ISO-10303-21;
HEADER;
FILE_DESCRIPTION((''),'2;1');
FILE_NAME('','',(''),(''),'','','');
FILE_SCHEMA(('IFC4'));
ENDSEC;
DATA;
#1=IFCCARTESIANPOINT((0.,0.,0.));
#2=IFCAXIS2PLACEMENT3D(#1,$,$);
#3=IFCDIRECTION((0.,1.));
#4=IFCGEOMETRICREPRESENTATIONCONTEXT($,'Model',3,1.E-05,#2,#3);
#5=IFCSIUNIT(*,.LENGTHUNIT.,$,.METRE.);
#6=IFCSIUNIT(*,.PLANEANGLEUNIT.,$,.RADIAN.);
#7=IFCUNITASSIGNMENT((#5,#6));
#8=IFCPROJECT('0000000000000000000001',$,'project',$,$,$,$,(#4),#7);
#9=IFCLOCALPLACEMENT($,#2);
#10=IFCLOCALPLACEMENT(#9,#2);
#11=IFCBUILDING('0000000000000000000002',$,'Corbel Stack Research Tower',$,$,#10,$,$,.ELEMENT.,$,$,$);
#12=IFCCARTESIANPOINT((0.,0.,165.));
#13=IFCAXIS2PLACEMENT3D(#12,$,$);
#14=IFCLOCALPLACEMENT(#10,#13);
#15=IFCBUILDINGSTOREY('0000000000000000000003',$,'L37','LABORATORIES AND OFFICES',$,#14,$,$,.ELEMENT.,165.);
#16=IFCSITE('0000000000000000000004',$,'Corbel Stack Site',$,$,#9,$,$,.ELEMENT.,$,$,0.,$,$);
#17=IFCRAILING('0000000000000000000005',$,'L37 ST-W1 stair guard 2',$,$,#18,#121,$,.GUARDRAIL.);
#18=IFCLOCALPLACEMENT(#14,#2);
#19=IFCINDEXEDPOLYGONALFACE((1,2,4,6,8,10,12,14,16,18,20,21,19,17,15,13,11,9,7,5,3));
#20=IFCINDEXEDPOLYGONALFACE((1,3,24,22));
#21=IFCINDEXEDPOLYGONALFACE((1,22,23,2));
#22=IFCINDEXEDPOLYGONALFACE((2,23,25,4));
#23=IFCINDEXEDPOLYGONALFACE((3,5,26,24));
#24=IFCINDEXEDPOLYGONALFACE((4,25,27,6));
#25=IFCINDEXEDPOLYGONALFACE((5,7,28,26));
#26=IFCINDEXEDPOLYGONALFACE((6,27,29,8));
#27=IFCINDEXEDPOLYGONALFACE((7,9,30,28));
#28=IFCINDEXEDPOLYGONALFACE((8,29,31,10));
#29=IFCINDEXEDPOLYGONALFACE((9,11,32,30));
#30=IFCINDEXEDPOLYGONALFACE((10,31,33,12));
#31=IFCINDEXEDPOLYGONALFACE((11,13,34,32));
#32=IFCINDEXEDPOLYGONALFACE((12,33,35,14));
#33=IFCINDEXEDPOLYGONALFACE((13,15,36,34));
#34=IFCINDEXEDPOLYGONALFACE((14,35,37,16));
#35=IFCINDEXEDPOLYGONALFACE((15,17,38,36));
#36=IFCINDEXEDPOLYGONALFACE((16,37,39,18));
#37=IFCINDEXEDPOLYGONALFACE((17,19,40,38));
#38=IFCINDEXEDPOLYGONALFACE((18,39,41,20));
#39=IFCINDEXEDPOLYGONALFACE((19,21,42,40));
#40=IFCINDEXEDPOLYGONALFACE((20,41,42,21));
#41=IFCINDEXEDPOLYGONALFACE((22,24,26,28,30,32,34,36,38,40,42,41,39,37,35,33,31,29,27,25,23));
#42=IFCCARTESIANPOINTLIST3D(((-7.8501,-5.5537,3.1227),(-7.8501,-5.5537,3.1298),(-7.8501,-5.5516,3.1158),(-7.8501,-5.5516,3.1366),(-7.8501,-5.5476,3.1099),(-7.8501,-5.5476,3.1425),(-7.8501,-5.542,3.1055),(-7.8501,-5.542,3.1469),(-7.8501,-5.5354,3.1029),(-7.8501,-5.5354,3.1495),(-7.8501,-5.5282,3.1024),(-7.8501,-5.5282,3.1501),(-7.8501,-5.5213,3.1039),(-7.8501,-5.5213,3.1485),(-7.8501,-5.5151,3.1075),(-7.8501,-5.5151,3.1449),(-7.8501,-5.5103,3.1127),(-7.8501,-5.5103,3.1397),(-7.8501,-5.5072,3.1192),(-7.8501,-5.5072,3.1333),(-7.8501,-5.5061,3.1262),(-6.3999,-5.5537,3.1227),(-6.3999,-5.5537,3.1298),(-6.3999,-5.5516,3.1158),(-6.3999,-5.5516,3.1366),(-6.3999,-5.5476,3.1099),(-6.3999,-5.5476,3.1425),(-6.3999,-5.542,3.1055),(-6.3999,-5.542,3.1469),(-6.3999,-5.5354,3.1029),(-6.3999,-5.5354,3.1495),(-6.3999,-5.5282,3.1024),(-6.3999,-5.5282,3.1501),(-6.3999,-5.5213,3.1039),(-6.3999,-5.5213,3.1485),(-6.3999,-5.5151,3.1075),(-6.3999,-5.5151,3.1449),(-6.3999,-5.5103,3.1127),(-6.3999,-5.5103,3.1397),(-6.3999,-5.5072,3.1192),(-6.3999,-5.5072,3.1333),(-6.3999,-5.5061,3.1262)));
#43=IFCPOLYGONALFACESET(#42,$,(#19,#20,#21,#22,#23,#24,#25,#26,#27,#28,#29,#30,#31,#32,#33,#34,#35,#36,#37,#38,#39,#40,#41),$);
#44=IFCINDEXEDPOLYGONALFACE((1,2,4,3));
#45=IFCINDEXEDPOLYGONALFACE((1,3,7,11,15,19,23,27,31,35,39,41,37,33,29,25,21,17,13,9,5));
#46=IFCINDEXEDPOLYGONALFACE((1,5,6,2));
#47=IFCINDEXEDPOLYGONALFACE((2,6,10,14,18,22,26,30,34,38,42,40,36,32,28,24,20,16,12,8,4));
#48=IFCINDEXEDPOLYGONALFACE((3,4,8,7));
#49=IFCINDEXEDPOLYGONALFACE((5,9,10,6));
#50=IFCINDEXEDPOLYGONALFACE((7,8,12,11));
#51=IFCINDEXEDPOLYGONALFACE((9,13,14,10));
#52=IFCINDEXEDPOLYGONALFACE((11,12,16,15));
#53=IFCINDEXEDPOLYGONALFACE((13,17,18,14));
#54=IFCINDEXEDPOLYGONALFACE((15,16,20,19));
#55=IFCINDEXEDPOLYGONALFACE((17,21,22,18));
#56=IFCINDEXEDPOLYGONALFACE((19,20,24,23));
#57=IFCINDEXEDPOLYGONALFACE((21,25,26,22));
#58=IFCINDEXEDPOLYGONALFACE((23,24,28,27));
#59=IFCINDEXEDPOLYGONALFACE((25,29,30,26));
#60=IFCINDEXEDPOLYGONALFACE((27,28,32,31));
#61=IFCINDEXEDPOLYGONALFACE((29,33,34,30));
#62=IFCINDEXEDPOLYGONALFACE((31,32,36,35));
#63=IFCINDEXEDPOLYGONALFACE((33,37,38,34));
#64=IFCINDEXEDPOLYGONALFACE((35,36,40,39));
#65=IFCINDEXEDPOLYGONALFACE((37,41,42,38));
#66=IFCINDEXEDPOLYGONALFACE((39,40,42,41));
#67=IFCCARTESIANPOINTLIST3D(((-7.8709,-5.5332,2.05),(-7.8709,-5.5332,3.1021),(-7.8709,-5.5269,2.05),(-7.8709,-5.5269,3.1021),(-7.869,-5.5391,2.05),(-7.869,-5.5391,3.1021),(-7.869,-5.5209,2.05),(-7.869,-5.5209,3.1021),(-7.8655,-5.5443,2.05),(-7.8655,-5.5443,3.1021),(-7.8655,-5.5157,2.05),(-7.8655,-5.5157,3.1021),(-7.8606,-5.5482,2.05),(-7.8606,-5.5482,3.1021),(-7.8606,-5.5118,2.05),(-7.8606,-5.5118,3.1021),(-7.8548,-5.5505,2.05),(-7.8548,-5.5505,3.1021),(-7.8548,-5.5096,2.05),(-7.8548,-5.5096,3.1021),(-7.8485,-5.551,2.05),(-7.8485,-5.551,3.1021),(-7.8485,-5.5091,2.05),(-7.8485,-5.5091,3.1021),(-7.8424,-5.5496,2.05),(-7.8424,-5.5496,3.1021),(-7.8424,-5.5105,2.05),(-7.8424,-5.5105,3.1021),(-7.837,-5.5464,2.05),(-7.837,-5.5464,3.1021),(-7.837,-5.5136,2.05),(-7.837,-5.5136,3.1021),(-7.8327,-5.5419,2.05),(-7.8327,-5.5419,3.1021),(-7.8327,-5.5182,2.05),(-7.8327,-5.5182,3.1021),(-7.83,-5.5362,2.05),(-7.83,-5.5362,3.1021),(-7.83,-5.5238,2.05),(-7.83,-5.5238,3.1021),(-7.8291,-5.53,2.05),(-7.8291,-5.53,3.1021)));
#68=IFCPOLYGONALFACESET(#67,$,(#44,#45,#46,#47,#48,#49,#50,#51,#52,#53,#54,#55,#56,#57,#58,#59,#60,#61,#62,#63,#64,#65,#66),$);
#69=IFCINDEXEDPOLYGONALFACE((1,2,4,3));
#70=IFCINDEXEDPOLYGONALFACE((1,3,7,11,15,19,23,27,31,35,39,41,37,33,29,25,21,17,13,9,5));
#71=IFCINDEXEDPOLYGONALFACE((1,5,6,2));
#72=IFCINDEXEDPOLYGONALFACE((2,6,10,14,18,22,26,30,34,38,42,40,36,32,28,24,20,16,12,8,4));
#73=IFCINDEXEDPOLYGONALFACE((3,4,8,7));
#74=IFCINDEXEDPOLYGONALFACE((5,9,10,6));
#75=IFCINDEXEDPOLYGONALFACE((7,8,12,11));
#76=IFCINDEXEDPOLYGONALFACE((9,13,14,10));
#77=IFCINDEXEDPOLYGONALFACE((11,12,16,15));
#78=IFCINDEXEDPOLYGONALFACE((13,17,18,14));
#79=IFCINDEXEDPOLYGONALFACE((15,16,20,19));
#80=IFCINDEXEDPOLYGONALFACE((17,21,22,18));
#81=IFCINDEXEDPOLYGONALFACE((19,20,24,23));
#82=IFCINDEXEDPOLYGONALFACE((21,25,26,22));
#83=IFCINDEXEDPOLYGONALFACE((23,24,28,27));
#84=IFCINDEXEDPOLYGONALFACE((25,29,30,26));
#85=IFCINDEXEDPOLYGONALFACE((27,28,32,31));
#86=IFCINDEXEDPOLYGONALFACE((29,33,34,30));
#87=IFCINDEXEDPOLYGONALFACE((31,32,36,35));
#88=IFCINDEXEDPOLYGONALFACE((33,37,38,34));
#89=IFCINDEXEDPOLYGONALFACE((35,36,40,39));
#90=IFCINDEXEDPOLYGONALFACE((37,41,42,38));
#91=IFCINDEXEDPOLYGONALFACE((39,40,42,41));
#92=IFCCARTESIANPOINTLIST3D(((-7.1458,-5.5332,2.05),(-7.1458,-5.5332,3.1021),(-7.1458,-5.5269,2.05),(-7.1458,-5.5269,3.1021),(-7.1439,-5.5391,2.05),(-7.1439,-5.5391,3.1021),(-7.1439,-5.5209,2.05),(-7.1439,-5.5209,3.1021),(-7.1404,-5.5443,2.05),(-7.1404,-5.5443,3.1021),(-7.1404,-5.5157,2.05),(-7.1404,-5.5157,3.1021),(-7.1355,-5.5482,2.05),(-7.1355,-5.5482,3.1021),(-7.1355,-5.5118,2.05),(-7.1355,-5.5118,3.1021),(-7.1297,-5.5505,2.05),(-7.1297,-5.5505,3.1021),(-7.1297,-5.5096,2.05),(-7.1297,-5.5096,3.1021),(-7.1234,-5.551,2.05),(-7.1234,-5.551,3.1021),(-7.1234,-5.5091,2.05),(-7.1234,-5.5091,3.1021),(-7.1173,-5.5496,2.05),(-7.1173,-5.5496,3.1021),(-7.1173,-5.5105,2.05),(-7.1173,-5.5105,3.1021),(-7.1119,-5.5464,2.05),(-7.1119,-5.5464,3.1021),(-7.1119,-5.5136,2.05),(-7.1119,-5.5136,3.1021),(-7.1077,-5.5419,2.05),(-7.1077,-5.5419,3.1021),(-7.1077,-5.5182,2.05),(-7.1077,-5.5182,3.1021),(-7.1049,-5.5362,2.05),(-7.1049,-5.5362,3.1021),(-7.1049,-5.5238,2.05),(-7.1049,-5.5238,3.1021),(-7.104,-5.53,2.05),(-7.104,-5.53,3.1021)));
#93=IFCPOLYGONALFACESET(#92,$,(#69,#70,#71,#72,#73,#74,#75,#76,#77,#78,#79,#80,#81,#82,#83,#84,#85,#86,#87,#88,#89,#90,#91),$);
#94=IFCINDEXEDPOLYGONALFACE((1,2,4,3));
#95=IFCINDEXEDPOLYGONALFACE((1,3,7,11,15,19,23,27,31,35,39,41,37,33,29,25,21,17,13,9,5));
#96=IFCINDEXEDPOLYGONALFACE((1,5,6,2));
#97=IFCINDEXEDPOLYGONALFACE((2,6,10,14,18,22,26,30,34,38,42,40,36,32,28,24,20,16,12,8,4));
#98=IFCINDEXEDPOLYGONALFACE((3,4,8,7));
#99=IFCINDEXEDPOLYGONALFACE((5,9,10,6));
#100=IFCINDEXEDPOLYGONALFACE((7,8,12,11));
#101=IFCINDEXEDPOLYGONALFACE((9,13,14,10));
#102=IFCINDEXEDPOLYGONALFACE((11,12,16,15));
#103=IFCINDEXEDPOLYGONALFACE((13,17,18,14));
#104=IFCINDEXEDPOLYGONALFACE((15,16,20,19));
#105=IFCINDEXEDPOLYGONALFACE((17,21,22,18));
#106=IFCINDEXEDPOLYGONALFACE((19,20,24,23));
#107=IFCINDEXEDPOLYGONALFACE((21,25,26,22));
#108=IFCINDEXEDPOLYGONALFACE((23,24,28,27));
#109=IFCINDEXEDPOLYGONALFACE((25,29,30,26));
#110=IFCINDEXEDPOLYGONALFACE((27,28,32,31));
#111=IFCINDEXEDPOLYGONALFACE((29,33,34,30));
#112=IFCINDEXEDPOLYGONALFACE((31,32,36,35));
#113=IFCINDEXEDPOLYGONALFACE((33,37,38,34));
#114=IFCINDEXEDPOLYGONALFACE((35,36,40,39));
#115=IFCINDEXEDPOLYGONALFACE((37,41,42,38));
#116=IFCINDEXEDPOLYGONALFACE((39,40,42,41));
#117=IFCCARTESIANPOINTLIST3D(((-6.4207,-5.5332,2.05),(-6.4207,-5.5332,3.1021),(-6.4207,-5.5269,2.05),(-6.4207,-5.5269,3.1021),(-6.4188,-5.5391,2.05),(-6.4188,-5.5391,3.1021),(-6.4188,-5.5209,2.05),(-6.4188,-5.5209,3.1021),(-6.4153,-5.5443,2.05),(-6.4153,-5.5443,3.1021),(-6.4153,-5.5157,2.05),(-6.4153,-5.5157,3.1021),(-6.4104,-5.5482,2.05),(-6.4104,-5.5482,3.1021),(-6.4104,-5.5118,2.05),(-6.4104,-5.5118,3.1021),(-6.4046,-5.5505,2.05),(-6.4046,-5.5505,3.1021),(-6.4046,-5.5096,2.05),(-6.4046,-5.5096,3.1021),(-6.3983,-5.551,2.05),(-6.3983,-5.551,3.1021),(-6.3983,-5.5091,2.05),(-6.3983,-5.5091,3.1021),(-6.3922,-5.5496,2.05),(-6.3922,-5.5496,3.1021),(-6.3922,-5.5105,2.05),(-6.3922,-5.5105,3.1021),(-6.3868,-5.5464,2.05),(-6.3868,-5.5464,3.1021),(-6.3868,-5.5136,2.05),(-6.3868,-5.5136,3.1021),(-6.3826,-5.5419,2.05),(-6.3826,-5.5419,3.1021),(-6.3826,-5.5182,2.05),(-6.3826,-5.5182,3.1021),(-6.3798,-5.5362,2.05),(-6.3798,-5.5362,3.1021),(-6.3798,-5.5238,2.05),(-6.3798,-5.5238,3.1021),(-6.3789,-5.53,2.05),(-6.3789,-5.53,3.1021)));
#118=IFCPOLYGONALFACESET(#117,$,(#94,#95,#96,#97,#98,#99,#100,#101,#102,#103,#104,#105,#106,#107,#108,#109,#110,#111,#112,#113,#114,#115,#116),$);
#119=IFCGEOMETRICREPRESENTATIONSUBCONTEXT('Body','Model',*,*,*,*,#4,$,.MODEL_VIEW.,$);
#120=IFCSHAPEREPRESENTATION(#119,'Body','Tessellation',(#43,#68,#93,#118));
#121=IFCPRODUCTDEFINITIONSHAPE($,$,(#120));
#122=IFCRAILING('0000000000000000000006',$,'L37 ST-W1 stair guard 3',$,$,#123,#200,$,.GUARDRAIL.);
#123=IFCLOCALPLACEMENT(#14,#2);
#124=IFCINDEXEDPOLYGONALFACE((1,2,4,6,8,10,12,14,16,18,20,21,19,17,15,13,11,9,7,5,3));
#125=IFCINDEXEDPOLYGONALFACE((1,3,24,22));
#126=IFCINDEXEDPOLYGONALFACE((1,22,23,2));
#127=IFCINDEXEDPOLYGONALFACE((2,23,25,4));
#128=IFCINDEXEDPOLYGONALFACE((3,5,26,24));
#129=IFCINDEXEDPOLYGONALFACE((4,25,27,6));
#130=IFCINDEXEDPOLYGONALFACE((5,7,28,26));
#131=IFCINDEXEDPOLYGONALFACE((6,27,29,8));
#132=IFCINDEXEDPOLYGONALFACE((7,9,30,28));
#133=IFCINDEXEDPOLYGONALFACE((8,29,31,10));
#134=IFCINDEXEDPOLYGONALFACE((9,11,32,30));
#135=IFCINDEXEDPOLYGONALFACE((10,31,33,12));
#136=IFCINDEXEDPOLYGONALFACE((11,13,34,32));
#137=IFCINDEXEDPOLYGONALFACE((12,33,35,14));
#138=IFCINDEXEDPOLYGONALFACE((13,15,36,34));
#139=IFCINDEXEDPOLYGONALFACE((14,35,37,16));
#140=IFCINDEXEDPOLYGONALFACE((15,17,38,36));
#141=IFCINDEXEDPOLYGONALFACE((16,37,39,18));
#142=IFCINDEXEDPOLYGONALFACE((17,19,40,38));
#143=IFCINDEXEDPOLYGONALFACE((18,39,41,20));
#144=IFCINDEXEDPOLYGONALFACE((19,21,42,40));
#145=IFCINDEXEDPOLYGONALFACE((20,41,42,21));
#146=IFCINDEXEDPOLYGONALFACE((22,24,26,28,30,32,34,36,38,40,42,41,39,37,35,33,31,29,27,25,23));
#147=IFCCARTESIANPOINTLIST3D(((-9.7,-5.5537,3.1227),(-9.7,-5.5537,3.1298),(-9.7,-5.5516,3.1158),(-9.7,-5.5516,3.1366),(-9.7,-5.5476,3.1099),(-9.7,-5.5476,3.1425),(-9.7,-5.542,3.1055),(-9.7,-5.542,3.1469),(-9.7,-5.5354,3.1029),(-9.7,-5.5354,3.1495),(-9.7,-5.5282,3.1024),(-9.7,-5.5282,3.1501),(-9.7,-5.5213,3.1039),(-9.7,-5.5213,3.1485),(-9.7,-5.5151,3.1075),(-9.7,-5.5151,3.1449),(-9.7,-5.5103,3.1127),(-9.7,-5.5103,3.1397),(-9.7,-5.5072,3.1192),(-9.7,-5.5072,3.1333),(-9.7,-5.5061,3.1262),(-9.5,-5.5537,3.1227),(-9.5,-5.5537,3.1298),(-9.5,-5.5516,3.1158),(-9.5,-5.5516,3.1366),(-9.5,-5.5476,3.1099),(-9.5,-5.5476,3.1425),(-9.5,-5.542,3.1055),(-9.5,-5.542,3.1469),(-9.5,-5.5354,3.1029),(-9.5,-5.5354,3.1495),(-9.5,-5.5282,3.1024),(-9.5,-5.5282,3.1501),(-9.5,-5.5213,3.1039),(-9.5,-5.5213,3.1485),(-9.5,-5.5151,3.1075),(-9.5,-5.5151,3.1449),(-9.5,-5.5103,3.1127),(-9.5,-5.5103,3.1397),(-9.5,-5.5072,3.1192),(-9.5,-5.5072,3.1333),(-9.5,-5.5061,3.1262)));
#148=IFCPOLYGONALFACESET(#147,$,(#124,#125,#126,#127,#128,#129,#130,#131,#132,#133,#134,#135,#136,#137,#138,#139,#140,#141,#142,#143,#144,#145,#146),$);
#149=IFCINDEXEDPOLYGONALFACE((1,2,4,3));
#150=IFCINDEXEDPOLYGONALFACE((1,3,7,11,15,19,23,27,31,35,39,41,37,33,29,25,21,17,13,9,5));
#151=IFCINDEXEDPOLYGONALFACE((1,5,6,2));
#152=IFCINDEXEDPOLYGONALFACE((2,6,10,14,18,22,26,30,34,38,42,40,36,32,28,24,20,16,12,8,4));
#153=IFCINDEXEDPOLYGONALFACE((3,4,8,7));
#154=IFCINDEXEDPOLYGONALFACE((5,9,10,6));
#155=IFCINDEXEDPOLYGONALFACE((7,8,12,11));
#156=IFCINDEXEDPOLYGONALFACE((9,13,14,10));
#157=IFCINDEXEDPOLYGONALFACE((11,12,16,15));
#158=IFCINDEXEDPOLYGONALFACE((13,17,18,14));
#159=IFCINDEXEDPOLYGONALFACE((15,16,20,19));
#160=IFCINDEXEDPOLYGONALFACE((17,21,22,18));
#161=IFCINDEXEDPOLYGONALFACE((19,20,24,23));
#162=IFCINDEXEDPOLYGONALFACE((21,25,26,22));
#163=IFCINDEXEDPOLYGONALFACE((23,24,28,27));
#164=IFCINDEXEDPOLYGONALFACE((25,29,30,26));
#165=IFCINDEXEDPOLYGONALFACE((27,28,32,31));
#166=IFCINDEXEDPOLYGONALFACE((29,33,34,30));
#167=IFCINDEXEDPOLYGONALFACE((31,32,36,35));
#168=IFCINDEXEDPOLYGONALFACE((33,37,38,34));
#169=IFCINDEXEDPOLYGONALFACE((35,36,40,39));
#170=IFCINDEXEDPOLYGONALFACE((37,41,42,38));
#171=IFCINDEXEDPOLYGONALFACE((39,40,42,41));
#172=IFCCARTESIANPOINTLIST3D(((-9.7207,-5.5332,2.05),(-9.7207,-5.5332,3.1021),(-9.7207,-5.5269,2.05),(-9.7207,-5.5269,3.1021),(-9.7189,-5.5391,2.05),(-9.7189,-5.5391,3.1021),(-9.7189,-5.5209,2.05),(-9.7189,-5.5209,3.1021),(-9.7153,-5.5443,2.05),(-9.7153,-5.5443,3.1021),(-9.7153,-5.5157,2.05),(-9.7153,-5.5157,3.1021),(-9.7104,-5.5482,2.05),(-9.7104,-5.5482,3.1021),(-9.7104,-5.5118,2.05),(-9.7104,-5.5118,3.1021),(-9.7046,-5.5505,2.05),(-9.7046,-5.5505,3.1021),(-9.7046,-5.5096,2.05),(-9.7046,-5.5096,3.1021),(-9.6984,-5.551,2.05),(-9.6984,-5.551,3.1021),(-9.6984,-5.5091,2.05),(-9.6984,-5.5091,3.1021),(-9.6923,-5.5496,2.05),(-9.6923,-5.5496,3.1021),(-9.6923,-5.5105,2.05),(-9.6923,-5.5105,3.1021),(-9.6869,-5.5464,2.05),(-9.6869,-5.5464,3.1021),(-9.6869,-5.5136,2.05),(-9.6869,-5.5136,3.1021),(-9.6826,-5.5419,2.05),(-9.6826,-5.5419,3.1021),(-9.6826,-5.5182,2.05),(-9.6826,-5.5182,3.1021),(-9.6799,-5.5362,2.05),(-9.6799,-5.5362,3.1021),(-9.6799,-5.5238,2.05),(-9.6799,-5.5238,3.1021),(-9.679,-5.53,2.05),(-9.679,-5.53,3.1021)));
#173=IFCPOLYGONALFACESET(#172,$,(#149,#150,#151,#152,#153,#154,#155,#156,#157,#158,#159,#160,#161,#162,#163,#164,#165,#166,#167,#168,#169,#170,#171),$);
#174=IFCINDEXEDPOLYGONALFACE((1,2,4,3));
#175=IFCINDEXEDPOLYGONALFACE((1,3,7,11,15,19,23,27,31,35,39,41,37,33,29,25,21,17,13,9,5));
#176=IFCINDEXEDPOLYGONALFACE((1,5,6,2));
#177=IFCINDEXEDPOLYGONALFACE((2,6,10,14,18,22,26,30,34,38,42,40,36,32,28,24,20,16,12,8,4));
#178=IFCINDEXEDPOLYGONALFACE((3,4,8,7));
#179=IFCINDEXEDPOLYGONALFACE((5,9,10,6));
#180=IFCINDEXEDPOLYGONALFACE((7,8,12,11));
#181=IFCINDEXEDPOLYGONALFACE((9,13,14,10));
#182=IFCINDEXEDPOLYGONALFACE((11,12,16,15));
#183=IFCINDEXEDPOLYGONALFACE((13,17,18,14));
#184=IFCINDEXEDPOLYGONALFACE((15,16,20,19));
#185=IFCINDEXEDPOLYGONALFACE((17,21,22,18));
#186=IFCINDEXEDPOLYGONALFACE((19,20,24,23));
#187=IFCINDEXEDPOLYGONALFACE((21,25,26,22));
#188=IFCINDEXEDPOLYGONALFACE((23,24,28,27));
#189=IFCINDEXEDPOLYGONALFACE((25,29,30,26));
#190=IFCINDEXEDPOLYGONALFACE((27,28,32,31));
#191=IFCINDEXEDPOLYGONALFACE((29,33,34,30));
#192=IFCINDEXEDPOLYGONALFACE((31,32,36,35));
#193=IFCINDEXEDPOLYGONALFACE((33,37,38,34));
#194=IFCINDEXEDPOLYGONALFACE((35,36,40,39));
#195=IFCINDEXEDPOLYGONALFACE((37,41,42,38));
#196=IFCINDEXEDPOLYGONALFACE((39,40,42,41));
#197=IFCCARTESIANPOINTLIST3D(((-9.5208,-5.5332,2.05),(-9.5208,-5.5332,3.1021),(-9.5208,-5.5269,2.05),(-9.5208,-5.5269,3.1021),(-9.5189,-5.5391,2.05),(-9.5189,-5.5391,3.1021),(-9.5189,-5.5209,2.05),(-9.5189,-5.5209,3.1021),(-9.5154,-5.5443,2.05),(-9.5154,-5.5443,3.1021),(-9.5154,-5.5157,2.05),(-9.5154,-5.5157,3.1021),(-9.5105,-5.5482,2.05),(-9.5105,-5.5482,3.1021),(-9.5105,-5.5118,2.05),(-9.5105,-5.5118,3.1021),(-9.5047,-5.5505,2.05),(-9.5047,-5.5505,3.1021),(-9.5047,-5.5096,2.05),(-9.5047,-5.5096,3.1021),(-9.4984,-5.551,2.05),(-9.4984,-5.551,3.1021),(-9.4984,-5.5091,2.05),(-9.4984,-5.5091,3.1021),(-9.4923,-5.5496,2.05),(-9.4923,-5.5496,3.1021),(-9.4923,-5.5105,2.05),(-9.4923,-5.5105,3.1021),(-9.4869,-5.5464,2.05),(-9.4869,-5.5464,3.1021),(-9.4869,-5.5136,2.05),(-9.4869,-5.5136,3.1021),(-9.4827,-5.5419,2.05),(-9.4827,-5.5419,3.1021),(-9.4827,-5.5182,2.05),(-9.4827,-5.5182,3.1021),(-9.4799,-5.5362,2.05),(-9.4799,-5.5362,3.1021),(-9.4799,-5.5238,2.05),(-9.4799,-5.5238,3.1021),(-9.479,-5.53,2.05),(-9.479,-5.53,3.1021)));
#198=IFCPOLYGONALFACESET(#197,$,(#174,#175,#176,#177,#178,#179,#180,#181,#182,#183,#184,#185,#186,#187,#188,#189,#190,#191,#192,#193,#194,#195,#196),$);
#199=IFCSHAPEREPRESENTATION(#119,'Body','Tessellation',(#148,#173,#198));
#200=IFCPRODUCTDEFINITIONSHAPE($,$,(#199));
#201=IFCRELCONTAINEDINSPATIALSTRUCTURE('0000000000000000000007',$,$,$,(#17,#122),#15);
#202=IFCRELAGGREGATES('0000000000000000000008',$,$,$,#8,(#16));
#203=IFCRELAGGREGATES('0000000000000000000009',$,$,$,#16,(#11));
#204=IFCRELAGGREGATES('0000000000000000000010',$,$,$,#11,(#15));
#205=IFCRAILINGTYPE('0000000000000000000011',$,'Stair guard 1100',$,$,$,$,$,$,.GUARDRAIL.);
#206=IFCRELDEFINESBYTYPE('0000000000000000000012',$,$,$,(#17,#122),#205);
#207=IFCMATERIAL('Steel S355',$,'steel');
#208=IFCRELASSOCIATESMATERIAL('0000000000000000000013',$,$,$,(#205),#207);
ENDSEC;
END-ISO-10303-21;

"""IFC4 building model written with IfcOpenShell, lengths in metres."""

from ifc_helpers import new_model, si_unit, direction, frame, origin, origin_2d, place, context, subcontext, project, spatial, circle, extrude, material, type_object, element, save


model = new_model("IFC4")

# Units and contexts
model_context = context("Model", 3, precision=1e-05, world=origin(), true_north=direction((0.0, 1.0)))
body_context = subcontext(model_context, "Body", "Model", "MODEL_VIEW")
ifc_project = project(units=[si_unit("LENGTHUNIT", "METRE"), si_unit("PLANEANGLEUNIT", "RADIAN")], contexts=[model_context])

# Site, building, storey
site_placement = place(None, origin())
site = spatial("IfcSite", under=ifc_project, at=site_placement, Name="Corbel Stack Site", CompositionType="ELEMENT", RefElevation=0.0)
building_placement = place(site_placement, origin())
building = spatial("IfcBuilding", under=site, at=building_placement, Name="Corbel Stack Research Tower", CompositionType="ELEMENT")
storey_placement = place(building_placement, frame((0.0, 0.0, 165.0)))
storey = spatial("IfcBuildingStorey", under=building, at=storey_placement, Name="L37", Description="LABORATORIES AND OFFICES", CompositionType="ELEMENT", Elevation=165.0)

# Railings
ifc_material_1 = material(Name="Steel S355", Category="steel")
railing_type_1 = type_object("IfcRailingType", Name="Stair guard 1100", PredefinedType="GUARDRAIL", material=ifc_material_1)
railing_1_placement = place(storey_placement, frame((-7.8501, -5.53, 2.05)))
element("IfcRailing", 1, at=railing_1_placement, inside=storey, type_object=railing_type_1, Name="L37 ST-W1 stair guard 2", PredefinedType="GUARDRAIL", context=body_context, shape_type="SweptSolid", body=[
    extrude(circle(Radius=0.0239, at=origin_2d()), frame((0.0, 0.0, 1.0762), z_axis=(1.0, 0.0, 0.0), x_axis=(0.0, 1.0, 0.0)), (0.0, 0.0, 1.0), 1.4502),
    extrude(circle(Radius=0.021, at=origin_2d()), origin(), (0.0, 0.0, 1.0), 1.052),
    extrude(circle(Radius=0.021, at=origin_2d()), frame((0.7251, 0.0, 0.0)), (0.0, 0.0, 1.0), 1.052),
    extrude(circle(Radius=0.021, at=origin_2d()), frame((1.4502, 0.0, 0.0)), (0.0, 0.0, 1.0), 1.052),
])
railing_2_placement = place(storey_placement, frame((-9.7, -5.53, 2.05)))
element("IfcRailing", 2, at=railing_2_placement, inside=storey, type_object=railing_type_1, Name="L37 ST-W1 stair guard 3", PredefinedType="GUARDRAIL", context=body_context, shape_type="SweptSolid", body=[
    extrude(circle(Radius=0.0239, at=origin_2d()), frame((0.0, 0.0, 1.0762), z_axis=(1.0, 0.0, 0.0), x_axis=(0.0, 1.0, 0.0)), (0.0, 0.0, 1.0), 0.2),
    extrude(circle(Radius=0.021, at=origin_2d()), origin(), (0.0, 0.0, 1.0), 1.052),
    extrude(circle(Radius=0.021, at=origin_2d()), frame((0.2, 0.0, 0.0)), (0.0, 0.0, 1.0), 1.052),
])

save(model, "model.ifc")
